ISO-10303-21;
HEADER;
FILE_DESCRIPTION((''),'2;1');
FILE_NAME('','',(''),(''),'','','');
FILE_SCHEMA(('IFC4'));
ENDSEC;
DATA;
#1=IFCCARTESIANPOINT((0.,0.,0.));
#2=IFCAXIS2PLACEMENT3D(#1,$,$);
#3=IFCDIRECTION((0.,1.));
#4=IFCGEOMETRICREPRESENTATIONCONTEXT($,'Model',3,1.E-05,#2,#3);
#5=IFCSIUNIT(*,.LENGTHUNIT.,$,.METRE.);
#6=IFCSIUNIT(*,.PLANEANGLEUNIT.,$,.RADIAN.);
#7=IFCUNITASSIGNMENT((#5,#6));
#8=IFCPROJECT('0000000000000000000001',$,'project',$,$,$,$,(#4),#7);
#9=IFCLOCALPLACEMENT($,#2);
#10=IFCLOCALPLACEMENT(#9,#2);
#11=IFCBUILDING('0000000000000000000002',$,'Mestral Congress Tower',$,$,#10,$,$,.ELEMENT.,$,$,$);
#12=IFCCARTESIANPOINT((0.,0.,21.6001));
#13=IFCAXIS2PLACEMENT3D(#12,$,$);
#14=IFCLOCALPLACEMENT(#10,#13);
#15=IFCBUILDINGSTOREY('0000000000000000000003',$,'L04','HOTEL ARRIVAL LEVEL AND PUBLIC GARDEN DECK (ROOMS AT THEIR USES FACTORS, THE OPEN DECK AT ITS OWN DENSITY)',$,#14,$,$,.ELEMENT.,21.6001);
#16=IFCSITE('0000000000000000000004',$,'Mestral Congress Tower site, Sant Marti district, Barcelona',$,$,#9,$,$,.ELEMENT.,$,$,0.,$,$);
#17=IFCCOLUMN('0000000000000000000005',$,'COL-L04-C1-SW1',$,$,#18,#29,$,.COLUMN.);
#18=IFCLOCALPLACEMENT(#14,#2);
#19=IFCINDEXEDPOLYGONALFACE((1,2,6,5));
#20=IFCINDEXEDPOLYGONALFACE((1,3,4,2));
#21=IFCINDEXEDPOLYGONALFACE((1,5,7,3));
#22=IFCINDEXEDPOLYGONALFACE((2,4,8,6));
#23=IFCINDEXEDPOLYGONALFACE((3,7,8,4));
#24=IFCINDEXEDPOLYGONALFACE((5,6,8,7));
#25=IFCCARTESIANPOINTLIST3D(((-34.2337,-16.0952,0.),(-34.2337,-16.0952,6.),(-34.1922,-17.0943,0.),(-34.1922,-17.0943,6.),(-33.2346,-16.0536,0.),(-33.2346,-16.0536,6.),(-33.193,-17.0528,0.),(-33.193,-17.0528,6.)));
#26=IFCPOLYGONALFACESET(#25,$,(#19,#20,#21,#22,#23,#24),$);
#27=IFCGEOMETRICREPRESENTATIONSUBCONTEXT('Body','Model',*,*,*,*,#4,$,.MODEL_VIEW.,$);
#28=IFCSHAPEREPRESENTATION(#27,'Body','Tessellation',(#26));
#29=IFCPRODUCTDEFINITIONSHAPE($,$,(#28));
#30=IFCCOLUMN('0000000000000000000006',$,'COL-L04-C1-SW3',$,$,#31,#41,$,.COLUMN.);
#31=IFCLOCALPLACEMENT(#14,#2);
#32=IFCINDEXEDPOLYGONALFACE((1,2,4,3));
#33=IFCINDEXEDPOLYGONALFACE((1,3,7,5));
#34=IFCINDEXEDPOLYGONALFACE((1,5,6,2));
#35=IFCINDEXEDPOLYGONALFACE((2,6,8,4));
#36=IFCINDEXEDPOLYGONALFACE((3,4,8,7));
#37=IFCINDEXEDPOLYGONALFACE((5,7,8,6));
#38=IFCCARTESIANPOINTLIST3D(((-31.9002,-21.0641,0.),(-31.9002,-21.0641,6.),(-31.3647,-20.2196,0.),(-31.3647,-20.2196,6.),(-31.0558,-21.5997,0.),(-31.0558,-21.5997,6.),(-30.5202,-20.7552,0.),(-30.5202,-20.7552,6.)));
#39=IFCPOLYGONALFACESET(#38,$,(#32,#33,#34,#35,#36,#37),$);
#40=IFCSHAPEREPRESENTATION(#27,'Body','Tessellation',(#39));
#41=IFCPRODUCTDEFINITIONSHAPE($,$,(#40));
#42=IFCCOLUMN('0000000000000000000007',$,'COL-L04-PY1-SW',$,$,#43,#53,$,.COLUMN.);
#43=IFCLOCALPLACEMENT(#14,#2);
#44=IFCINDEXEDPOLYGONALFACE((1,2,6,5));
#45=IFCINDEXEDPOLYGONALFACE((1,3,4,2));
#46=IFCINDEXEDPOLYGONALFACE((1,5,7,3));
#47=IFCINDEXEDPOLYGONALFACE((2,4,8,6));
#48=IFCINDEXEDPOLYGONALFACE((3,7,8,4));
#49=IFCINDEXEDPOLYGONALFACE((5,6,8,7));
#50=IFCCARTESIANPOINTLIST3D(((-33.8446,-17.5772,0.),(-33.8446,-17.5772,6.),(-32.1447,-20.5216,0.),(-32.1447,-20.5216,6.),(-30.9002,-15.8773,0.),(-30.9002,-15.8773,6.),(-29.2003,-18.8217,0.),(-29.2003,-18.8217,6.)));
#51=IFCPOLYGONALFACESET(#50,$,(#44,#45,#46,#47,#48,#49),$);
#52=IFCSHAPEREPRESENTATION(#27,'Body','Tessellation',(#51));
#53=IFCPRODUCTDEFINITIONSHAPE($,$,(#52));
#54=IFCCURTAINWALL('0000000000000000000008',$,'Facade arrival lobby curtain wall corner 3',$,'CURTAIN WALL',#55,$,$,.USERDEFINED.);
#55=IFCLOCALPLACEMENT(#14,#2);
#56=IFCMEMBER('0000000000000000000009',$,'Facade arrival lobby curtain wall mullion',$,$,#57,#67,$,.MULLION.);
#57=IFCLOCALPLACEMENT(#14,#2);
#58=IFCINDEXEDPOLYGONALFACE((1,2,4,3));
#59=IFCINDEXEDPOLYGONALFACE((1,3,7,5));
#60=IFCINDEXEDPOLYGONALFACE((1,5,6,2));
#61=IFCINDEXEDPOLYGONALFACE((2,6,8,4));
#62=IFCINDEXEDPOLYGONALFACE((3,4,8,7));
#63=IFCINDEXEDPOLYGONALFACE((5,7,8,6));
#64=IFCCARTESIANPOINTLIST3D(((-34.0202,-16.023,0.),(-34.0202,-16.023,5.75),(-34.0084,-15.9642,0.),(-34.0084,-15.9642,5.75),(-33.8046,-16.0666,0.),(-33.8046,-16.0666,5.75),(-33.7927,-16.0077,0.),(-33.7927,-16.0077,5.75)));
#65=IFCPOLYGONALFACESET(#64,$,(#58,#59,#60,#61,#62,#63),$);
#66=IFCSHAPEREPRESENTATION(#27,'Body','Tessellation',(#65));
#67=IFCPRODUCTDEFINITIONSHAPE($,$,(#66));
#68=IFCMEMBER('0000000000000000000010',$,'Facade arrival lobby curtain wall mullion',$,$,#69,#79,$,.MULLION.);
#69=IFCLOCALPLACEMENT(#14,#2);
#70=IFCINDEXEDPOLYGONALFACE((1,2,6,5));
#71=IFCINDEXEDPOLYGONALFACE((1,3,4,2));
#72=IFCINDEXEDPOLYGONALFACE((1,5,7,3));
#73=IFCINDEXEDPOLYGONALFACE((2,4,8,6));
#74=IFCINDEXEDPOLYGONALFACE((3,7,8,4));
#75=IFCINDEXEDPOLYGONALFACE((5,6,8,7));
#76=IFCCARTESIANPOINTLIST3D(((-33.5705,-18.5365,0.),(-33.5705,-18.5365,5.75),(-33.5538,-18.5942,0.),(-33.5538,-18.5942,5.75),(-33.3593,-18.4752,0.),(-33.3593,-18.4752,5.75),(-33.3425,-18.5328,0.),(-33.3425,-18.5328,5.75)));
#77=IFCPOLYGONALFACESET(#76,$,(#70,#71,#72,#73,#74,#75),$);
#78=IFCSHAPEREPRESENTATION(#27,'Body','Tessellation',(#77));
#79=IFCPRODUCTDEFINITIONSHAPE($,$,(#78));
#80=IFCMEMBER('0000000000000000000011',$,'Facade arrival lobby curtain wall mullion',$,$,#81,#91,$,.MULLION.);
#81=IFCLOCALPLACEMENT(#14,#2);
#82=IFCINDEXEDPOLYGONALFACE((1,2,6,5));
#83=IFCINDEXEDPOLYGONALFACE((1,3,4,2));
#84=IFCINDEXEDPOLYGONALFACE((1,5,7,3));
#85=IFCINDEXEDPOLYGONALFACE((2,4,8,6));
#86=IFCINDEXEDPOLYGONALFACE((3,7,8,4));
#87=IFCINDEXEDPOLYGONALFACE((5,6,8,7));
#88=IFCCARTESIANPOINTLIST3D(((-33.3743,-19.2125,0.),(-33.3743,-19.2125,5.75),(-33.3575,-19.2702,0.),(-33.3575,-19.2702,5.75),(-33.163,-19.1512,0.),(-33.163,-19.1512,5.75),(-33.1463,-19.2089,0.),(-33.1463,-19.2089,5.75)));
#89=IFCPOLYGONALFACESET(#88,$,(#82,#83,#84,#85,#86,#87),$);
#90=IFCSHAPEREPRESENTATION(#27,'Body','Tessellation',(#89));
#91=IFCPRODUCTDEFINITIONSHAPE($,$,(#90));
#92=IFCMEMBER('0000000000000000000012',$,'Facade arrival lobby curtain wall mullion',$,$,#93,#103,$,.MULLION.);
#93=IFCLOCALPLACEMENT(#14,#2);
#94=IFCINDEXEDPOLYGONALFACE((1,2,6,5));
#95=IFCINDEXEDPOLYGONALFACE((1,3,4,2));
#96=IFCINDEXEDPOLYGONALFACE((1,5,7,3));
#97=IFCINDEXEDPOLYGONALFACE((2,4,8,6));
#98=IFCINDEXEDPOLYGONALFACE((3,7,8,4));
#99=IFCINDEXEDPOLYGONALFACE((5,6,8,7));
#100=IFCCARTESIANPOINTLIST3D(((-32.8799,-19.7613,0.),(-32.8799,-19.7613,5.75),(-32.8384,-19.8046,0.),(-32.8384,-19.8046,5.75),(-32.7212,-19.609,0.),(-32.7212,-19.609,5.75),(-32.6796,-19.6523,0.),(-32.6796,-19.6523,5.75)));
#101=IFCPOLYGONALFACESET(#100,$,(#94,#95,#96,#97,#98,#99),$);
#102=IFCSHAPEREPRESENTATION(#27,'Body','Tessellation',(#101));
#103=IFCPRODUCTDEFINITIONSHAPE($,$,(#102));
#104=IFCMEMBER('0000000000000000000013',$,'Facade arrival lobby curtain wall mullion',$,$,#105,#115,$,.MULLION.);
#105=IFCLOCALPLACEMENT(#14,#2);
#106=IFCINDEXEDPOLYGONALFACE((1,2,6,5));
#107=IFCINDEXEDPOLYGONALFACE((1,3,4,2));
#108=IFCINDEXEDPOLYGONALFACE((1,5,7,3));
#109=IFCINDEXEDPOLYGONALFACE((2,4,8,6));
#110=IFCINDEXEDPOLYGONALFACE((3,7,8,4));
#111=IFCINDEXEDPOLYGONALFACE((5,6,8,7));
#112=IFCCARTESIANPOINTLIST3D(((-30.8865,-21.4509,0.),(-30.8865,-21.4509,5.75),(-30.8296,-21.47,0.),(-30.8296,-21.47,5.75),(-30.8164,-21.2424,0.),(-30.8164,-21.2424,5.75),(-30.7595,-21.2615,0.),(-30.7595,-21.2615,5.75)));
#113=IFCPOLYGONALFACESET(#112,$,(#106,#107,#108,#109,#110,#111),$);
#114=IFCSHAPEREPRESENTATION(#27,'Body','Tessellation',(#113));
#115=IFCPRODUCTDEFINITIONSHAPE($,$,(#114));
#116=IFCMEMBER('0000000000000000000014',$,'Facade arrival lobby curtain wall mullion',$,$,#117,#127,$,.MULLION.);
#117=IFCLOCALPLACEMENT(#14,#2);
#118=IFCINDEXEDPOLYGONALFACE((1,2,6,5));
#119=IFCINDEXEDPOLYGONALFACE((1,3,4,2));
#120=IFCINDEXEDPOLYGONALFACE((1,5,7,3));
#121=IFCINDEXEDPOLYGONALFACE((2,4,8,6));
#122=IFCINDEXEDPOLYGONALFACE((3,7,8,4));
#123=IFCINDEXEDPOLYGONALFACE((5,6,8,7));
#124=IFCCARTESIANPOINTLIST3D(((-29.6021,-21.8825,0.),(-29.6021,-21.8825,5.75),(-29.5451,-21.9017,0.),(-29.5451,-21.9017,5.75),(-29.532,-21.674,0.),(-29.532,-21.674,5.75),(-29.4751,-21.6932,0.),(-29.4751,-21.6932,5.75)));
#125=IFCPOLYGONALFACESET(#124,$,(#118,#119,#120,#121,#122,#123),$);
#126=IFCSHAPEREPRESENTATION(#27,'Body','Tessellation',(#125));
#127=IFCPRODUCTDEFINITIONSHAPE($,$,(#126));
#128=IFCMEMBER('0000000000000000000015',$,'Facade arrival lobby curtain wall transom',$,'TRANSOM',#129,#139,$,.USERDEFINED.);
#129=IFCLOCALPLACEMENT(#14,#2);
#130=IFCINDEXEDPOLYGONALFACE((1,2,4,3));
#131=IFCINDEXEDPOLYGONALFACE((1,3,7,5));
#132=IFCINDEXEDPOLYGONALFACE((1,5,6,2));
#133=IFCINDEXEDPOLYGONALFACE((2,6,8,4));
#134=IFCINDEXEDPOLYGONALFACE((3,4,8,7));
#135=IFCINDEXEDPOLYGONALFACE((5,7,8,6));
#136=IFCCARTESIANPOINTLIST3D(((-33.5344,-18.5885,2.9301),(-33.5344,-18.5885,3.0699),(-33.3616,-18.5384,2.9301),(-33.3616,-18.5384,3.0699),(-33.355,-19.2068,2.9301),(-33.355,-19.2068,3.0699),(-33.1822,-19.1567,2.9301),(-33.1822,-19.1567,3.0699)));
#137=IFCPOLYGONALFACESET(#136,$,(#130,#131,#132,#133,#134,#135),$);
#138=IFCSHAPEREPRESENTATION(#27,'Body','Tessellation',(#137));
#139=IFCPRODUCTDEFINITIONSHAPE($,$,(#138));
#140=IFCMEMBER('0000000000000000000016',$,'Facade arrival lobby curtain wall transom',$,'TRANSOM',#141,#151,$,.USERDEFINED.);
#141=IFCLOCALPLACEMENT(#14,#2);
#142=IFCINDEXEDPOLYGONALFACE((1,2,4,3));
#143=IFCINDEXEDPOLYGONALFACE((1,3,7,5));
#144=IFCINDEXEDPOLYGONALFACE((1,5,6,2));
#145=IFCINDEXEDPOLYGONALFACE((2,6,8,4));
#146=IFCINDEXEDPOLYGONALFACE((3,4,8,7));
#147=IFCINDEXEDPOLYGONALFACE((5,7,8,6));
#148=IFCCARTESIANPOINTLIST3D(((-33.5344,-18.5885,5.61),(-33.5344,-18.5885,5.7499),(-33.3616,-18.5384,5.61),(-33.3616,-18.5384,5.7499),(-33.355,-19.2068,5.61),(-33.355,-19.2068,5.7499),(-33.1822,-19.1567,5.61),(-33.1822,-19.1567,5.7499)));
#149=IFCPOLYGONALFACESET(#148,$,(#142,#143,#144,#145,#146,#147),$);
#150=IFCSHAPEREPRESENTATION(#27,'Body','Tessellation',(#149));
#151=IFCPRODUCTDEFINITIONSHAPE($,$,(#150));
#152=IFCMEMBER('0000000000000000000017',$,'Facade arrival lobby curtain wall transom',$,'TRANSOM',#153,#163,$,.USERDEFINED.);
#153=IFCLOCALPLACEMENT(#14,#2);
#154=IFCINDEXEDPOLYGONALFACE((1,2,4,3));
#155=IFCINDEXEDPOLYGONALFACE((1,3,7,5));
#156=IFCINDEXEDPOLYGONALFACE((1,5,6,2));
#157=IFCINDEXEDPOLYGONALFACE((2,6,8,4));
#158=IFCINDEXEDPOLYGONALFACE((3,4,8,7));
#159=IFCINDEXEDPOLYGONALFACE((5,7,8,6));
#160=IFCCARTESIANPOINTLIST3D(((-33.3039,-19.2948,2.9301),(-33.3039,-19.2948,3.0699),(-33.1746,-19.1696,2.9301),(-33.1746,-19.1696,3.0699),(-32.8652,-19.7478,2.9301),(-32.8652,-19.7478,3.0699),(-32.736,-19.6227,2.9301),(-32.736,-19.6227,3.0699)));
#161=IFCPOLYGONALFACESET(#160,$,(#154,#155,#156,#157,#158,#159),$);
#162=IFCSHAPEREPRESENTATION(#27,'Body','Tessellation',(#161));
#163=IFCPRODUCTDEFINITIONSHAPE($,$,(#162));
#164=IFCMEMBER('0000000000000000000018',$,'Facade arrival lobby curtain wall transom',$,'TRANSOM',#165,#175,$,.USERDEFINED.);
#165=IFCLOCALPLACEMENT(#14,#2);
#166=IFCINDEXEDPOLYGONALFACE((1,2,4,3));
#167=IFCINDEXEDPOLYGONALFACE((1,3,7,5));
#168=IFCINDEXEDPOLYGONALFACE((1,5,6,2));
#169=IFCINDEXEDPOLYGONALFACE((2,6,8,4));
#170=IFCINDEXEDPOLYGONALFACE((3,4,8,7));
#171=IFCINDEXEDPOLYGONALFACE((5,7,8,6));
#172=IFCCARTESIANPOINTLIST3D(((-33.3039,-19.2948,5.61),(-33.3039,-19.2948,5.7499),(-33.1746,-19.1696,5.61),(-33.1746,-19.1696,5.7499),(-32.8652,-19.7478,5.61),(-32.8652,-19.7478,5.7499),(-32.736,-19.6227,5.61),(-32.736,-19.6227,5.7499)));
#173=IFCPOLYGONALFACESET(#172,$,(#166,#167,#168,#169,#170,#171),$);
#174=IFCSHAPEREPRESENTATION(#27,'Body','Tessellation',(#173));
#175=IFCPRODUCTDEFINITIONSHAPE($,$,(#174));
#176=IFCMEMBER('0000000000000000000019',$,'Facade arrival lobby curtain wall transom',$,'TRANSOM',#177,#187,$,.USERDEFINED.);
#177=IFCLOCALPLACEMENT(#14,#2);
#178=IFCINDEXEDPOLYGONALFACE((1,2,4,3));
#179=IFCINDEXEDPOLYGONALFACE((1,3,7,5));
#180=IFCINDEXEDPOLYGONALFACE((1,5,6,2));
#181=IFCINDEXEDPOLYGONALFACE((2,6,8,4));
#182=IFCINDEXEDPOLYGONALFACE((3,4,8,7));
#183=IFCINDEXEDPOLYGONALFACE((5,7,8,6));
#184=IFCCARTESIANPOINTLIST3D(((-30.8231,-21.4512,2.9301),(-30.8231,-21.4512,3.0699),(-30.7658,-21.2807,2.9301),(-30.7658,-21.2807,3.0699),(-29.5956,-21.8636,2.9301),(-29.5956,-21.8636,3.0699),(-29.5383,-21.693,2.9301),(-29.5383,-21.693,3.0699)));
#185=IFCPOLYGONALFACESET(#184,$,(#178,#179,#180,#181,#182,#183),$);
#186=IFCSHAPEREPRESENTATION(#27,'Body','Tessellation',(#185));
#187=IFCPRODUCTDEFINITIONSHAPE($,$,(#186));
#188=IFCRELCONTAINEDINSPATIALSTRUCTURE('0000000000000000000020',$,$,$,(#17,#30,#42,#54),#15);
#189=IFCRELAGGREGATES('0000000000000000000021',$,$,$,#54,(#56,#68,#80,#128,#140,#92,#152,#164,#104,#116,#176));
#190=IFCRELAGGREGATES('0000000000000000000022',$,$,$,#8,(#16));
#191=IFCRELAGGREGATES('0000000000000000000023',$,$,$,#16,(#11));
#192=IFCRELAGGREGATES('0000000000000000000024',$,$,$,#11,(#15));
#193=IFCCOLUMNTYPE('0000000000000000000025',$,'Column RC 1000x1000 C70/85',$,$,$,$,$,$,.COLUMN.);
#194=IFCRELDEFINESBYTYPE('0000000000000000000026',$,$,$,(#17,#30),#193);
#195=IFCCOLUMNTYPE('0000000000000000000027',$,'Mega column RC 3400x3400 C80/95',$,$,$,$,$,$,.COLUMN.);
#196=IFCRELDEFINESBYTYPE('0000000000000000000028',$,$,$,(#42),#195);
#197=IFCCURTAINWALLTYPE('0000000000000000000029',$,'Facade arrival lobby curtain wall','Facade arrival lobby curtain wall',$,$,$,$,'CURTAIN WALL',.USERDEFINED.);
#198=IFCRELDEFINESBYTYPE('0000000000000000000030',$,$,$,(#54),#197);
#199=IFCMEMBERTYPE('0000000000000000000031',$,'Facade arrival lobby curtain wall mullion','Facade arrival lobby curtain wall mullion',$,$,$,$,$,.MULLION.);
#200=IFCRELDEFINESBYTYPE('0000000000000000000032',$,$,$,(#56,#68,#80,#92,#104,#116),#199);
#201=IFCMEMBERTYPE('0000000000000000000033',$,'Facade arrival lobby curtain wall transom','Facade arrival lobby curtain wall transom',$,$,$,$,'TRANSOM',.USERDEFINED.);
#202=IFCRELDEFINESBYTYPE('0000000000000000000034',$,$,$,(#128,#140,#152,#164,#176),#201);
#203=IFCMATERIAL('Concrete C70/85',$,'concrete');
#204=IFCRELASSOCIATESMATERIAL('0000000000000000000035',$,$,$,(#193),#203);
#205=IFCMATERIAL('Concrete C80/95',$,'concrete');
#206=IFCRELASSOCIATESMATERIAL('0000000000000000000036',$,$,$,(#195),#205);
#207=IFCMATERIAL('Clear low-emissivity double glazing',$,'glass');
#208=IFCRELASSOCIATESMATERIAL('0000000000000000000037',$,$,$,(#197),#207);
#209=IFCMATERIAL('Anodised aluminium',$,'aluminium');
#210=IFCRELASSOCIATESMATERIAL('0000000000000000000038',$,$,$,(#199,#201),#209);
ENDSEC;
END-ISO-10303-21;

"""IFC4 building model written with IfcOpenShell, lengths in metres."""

from ifc_helpers import new_model, si_unit, direction, frame, origin, origin_2d, place, context, subcontext, project, spatial, rectangle, extrude, material, material_profile, profile_set, type_object, element, aggregate, save


model = new_model("IFC4")

# Units and contexts
model_context = context("Model", 3, precision=1e-05, world=origin(), true_north=direction((0.0, 1.0)))
body_context = subcontext(model_context, "Body", "Model", "MODEL_VIEW")
ifc_project = project(units=[si_unit("LENGTHUNIT", "METRE"), si_unit("PLANEANGLEUNIT", "RADIAN")], contexts=[model_context])

# Site, building, storey
site_placement = place(None, origin())
site = spatial("IfcSite", under=ifc_project, at=site_placement, Name="Mestral Congress Tower site, Sant Marti district, Barcelona", CompositionType="ELEMENT", RefElevation=0.0)
building_placement = place(site_placement, origin())
building = spatial("IfcBuilding", under=site, at=building_placement, Name="Mestral Congress Tower", CompositionType="ELEMENT")
storey_placement = place(building_placement, frame((0.0, 0.0, 21.6001)))
storey = spatial("IfcBuildingStorey", under=building, at=storey_placement, Name="L04", Description="HOTEL ARRIVAL LEVEL AND PUBLIC GARDEN DECK (ROOMS AT THEIR USES FACTORS, THE OPEN DECK AT ITS OWN DENSITY)", CompositionType="ELEMENT", Elevation=21.6001)

# Columns
ifc_material_1 = material(Name="Concrete C70/85", Category="concrete")
ifc_material_profile_1 = material_profile(ifc_material_1, rectangle(XDim=1.0, YDim=1.0, at=origin_2d()), Name="RC 1000x1000")
ifc_profile_set_1 = profile_set([ifc_material_profile_1], Name="Concrete C70/85")
column_type_1 = type_object("IfcColumnType", Name="Column RC 1000x1000 C70/85", PredefinedType="COLUMN", material=ifc_profile_set_1)
for number, where, z_axis, x_axis, name in (
    (1, (-33.7134, -16.574, 0.0), (0.0, 0.0, 1.0), (0.041583, -0.999135, 0.0), "COL-L04-C1-SW1"),
    (2, (-31.2102, -20.9097, 0.0), (0.0, 0.0, 1.0), (0.844485, -0.535579, 0.0), "COL-L04-C1-SW3"),
):
    element("IfcColumn", number, at=place(storey_placement, frame(where, z_axis=z_axis, x_axis=x_axis)), inside=storey, type_object=column_type_1, Name=name, PredefinedType="COLUMN", context=body_context, shape_type="SweptSolid", body=[
        extrude(rectangle(XDim=1.0, YDim=1.0, at=origin_2d()), origin(), (0.0, 0.0, 1.0), 6.0),
    ])
ifc_material_2 = material(Name="Concrete C80/95", Category="concrete")
ifc_material_profile_2 = material_profile(ifc_material_2, rectangle(XDim=3.3999, YDim=3.3999, at=origin_2d()), Name="RC 3400x3400")
ifc_profile_set_2 = profile_set([ifc_material_profile_2], Name="Concrete C80/95")
column_type_2 = type_object("IfcColumnType", Name="Mega column RC 3400x3400 C80/95", PredefinedType="COLUMN", material=ifc_profile_set_2)
column_placement = place(storey_placement, frame((-31.5225, -18.1995, 0.0), z_axis=(0.0, 0.0, 1.0), x_axis=(-0.866025, -0.5, 0.0)))
element("IfcColumn", 3, at=column_placement, inside=storey, type_object=column_type_2, Name="COL-L04-PY1-SW", PredefinedType="COLUMN", context=body_context, shape_type="SweptSolid", body=[
    extrude(rectangle(XDim=3.3999, YDim=3.3999, at=origin_2d()), origin(), (0.0, 0.0, 1.0), 6.0),
])

# Curtain wall, members
ifc_material_3 = material(Name="Clear low-emissivity double glazing", Category="glass")
curtain_wall_type = type_object("IfcCurtainWallType", Name="Facade arrival lobby curtain wall", Description="Facade arrival lobby curtain wall", ElementType="CURTAIN WALL", PredefinedType="USERDEFINED", material=ifc_material_3)
curtain_wall_placement = place(storey_placement, origin())
curtain_wall = element("IfcCurtainWall", 4, at=curtain_wall_placement, inside=storey, type_object=curtain_wall_type, Name="Facade arrival lobby curtain wall corner 3", ObjectType="CURTAIN WALL", PredefinedType="USERDEFINED")
ifc_material_4 = material(Name="Anodised aluminium", Category="aluminium")
ifc_material_profile_3 = material_profile(ifc_material_4, rectangle(XDim=0.22, YDim=0.0601, at=origin_2d()), Name="CW4 mullion 220 x 60")
ifc_profile_set_3 = profile_set([ifc_material_profile_3], Name="Anodised aluminium")
member_type_1 = type_object("IfcMemberType", Name="Facade arrival lobby curtain wall mullion", Description="Facade arrival lobby curtain wall mullion", PredefinedType="MULLION", material=ifc_profile_set_3)
member_1_placement = place(storey_placement, frame((-33.9065, -16.0154, 0.0), z_axis=(0.0, 0.0, 1.0), x_axis=(-0.980186, 0.198078, 0.0)))
member_1 = element("IfcMember", 5, at=member_1_placement, type_object=member_type_1, Name="Facade arrival lobby curtain wall mullion", PredefinedType="MULLION", context=body_context, shape_type="SweptSolid", body=[
    extrude(rectangle(XDim=0.22, YDim=0.0601, at=origin_2d()), origin(), (0.0, 0.0, 1.0), 5.75),
])
member_2_placement = place(storey_placement, frame((-33.4565, -18.5347, 0.0), z_axis=(0.0, 0.0, 1.0), x_axis=(-0.960333, -0.278857, 0.0)))
member_2 = element("IfcMember", 6, at=member_2_placement, type_object=member_type_1, Name="Facade arrival lobby curtain wall mullion", PredefinedType="MULLION", context=body_context, shape_type="SweptSolid", body=[
    extrude(rectangle(XDim=0.22, YDim=0.0601, at=origin_2d()), origin(), (0.0, 0.0, 1.0), 5.75),
])
member_3_placement = place(storey_placement, frame((-33.2603, -19.2107, 0.0), z_axis=(0.0, 0.0, 1.0), x_axis=(-0.960333, -0.278857, 0.0)))
member_3 = element("IfcMember", 7, at=member_3_placement, type_object=member_type_1, Name="Facade arrival lobby curtain wall mullion", PredefinedType="MULLION", context=body_context, shape_type="SweptSolid", body=[
    extrude(rectangle(XDim=0.22, YDim=0.0601, at=origin_2d()), origin(), (0.0, 0.0, 1.0), 5.75),
])
member_4_placement = place(storey_placement, frame((-32.7798, -19.7068, 0.0), z_axis=(0.0, 0.0, 1.0), x_axis=(-0.721656, -0.692252, 0.0)))
member_4 = element("IfcMember", 8, at=member_4_placement, type_object=member_type_1, Name="Facade arrival lobby curtain wall mullion", PredefinedType="MULLION", context=body_context, shape_type="SweptSolid", body=[
    extrude(rectangle(XDim=0.22, YDim=0.0601, at=origin_2d()), origin(), (0.0, 0.0, 1.0), 5.75),
])
member_5_placement = place(storey_placement, frame((-30.823, -21.3562, 0.0), z_axis=(0.0, 0.0, 1.0), x_axis=(-0.318554, -0.947905, 0.0)))
member_5 = element("IfcMember", 9, at=member_5_placement, type_object=member_type_1, Name="Facade arrival lobby curtain wall mullion", PredefinedType="MULLION", context=body_context, shape_type="SweptSolid", body=[
    extrude(rectangle(XDim=0.22, YDim=0.0601, at=origin_2d()), origin(), (0.0, 0.0, 1.0), 5.75),
])
member_6_placement = place(storey_placement, frame((-29.5386, -21.7878, 0.0), z_axis=(0.0, 0.0, 1.0), x_axis=(-0.318554, -0.947905, 0.0)))
member_6 = element("IfcMember", 10, at=member_6_placement, type_object=member_type_1, Name="Facade arrival lobby curtain wall mullion", PredefinedType="MULLION", context=body_context, shape_type="SweptSolid", body=[
    extrude(rectangle(XDim=0.22, YDim=0.0601, at=origin_2d()), origin(), (0.0, 0.0, 1.0), 5.75),
])
ifc_material_profile_4 = material_profile(ifc_material_4, rectangle(XDim=0.1799, YDim=0.1399, at=origin_2d()), Name="CW4 transom 180 x 140")
ifc_profile_set_4 = profile_set([ifc_material_profile_4], Name="Anodised aluminium")
member_type_2 = type_object("IfcMemberType", Name="Facade arrival lobby curtain wall transom", Description="Facade arrival lobby curtain wall transom", ElementType="TRANSOM", PredefinedType="USERDEFINED", material=ifc_profile_set_4)
member_7_placement = place(storey_placement, frame((-33.448, -18.5635, 3.0), z_axis=(0.278675, -0.960386, 0.0), x_axis=(0.960386, 0.278675, 0.0)))
member_7 = element("IfcMember", 11, at=member_7_placement, type_object=member_type_2, Name="Facade arrival lobby curtain wall transom", ObjectType="TRANSOM", PredefinedType="USERDEFINED", context=body_context, shape_type="SweptSolid", body=[
    extrude(rectangle(XDim=0.1799, YDim=0.1399, at=origin_2d()), origin(), (0.0, 0.0, 1.0), 0.6438),
])
member_8_placement = place(storey_placement, frame((-33.448, -18.5635, 5.6799), z_axis=(0.278675, -0.960386, 0.0), x_axis=(0.960386, 0.278675, 0.0)))
member_8 = element("IfcMember", 12, at=member_8_placement, type_object=member_type_2, Name="Facade arrival lobby curtain wall transom", ObjectType="TRANSOM", PredefinedType="USERDEFINED", context=body_context, shape_type="SweptSolid", body=[
    extrude(rectangle(XDim=0.1799, YDim=0.1399, at=origin_2d()), origin(), (0.0, 0.0, 1.0), 0.6438),
])
member_9_placement = place(storey_placement, frame((-33.2393, -19.2322, 3.0), z_axis=(0.695596, -0.718434, 0.0), x_axis=(0.718434, 0.695596, 0.0)))
member_9 = element("IfcMember", 13, at=member_9_placement, type_object=member_type_2, Name="Facade arrival lobby curtain wall transom", ObjectType="TRANSOM", PredefinedType="USERDEFINED", context=body_context, shape_type="SweptSolid", body=[
    extrude(rectangle(XDim=0.1799, YDim=0.1399, at=origin_2d()), origin(), (0.0, 0.0, 1.0), 0.6306),
])
member_10_placement = place(storey_placement, frame((-33.2393, -19.2322, 5.6799), z_axis=(0.695596, -0.718434, 0.0), x_axis=(0.718434, 0.695596, 0.0)))
member_10 = element("IfcMember", 14, at=member_10_placement, type_object=member_type_2, Name="Facade arrival lobby curtain wall transom", ObjectType="TRANSOM", PredefinedType="USERDEFINED", context=body_context, shape_type="SweptSolid", body=[
    extrude(rectangle(XDim=0.1799, YDim=0.1399, at=origin_2d()), origin(), (0.0, 0.0, 1.0), 0.6306),
])
member_11_placement = place(storey_placement, frame((-30.7944, -21.366, 3.0), z_axis=(0.947945, -0.318433, 0.0), x_axis=(0.318433, 0.947945, 0.0)))
member_11 = element("IfcMember", 15, at=member_11_placement, type_object=member_type_2, Name="Facade arrival lobby curtain wall transom", ObjectType="TRANSOM", PredefinedType="USERDEFINED", context=body_context, shape_type="SweptSolid", body=[
    extrude(rectangle(XDim=0.1799, YDim=0.1399, at=origin_2d()), origin(), (0.0, 0.0, 1.0), 1.2949),
])

aggregate(curtain_wall, [member_1, member_2, member_3, member_7, member_8, member_4, member_9, member_10, member_5, member_6, member_11])

save(model, "model.ifc")
